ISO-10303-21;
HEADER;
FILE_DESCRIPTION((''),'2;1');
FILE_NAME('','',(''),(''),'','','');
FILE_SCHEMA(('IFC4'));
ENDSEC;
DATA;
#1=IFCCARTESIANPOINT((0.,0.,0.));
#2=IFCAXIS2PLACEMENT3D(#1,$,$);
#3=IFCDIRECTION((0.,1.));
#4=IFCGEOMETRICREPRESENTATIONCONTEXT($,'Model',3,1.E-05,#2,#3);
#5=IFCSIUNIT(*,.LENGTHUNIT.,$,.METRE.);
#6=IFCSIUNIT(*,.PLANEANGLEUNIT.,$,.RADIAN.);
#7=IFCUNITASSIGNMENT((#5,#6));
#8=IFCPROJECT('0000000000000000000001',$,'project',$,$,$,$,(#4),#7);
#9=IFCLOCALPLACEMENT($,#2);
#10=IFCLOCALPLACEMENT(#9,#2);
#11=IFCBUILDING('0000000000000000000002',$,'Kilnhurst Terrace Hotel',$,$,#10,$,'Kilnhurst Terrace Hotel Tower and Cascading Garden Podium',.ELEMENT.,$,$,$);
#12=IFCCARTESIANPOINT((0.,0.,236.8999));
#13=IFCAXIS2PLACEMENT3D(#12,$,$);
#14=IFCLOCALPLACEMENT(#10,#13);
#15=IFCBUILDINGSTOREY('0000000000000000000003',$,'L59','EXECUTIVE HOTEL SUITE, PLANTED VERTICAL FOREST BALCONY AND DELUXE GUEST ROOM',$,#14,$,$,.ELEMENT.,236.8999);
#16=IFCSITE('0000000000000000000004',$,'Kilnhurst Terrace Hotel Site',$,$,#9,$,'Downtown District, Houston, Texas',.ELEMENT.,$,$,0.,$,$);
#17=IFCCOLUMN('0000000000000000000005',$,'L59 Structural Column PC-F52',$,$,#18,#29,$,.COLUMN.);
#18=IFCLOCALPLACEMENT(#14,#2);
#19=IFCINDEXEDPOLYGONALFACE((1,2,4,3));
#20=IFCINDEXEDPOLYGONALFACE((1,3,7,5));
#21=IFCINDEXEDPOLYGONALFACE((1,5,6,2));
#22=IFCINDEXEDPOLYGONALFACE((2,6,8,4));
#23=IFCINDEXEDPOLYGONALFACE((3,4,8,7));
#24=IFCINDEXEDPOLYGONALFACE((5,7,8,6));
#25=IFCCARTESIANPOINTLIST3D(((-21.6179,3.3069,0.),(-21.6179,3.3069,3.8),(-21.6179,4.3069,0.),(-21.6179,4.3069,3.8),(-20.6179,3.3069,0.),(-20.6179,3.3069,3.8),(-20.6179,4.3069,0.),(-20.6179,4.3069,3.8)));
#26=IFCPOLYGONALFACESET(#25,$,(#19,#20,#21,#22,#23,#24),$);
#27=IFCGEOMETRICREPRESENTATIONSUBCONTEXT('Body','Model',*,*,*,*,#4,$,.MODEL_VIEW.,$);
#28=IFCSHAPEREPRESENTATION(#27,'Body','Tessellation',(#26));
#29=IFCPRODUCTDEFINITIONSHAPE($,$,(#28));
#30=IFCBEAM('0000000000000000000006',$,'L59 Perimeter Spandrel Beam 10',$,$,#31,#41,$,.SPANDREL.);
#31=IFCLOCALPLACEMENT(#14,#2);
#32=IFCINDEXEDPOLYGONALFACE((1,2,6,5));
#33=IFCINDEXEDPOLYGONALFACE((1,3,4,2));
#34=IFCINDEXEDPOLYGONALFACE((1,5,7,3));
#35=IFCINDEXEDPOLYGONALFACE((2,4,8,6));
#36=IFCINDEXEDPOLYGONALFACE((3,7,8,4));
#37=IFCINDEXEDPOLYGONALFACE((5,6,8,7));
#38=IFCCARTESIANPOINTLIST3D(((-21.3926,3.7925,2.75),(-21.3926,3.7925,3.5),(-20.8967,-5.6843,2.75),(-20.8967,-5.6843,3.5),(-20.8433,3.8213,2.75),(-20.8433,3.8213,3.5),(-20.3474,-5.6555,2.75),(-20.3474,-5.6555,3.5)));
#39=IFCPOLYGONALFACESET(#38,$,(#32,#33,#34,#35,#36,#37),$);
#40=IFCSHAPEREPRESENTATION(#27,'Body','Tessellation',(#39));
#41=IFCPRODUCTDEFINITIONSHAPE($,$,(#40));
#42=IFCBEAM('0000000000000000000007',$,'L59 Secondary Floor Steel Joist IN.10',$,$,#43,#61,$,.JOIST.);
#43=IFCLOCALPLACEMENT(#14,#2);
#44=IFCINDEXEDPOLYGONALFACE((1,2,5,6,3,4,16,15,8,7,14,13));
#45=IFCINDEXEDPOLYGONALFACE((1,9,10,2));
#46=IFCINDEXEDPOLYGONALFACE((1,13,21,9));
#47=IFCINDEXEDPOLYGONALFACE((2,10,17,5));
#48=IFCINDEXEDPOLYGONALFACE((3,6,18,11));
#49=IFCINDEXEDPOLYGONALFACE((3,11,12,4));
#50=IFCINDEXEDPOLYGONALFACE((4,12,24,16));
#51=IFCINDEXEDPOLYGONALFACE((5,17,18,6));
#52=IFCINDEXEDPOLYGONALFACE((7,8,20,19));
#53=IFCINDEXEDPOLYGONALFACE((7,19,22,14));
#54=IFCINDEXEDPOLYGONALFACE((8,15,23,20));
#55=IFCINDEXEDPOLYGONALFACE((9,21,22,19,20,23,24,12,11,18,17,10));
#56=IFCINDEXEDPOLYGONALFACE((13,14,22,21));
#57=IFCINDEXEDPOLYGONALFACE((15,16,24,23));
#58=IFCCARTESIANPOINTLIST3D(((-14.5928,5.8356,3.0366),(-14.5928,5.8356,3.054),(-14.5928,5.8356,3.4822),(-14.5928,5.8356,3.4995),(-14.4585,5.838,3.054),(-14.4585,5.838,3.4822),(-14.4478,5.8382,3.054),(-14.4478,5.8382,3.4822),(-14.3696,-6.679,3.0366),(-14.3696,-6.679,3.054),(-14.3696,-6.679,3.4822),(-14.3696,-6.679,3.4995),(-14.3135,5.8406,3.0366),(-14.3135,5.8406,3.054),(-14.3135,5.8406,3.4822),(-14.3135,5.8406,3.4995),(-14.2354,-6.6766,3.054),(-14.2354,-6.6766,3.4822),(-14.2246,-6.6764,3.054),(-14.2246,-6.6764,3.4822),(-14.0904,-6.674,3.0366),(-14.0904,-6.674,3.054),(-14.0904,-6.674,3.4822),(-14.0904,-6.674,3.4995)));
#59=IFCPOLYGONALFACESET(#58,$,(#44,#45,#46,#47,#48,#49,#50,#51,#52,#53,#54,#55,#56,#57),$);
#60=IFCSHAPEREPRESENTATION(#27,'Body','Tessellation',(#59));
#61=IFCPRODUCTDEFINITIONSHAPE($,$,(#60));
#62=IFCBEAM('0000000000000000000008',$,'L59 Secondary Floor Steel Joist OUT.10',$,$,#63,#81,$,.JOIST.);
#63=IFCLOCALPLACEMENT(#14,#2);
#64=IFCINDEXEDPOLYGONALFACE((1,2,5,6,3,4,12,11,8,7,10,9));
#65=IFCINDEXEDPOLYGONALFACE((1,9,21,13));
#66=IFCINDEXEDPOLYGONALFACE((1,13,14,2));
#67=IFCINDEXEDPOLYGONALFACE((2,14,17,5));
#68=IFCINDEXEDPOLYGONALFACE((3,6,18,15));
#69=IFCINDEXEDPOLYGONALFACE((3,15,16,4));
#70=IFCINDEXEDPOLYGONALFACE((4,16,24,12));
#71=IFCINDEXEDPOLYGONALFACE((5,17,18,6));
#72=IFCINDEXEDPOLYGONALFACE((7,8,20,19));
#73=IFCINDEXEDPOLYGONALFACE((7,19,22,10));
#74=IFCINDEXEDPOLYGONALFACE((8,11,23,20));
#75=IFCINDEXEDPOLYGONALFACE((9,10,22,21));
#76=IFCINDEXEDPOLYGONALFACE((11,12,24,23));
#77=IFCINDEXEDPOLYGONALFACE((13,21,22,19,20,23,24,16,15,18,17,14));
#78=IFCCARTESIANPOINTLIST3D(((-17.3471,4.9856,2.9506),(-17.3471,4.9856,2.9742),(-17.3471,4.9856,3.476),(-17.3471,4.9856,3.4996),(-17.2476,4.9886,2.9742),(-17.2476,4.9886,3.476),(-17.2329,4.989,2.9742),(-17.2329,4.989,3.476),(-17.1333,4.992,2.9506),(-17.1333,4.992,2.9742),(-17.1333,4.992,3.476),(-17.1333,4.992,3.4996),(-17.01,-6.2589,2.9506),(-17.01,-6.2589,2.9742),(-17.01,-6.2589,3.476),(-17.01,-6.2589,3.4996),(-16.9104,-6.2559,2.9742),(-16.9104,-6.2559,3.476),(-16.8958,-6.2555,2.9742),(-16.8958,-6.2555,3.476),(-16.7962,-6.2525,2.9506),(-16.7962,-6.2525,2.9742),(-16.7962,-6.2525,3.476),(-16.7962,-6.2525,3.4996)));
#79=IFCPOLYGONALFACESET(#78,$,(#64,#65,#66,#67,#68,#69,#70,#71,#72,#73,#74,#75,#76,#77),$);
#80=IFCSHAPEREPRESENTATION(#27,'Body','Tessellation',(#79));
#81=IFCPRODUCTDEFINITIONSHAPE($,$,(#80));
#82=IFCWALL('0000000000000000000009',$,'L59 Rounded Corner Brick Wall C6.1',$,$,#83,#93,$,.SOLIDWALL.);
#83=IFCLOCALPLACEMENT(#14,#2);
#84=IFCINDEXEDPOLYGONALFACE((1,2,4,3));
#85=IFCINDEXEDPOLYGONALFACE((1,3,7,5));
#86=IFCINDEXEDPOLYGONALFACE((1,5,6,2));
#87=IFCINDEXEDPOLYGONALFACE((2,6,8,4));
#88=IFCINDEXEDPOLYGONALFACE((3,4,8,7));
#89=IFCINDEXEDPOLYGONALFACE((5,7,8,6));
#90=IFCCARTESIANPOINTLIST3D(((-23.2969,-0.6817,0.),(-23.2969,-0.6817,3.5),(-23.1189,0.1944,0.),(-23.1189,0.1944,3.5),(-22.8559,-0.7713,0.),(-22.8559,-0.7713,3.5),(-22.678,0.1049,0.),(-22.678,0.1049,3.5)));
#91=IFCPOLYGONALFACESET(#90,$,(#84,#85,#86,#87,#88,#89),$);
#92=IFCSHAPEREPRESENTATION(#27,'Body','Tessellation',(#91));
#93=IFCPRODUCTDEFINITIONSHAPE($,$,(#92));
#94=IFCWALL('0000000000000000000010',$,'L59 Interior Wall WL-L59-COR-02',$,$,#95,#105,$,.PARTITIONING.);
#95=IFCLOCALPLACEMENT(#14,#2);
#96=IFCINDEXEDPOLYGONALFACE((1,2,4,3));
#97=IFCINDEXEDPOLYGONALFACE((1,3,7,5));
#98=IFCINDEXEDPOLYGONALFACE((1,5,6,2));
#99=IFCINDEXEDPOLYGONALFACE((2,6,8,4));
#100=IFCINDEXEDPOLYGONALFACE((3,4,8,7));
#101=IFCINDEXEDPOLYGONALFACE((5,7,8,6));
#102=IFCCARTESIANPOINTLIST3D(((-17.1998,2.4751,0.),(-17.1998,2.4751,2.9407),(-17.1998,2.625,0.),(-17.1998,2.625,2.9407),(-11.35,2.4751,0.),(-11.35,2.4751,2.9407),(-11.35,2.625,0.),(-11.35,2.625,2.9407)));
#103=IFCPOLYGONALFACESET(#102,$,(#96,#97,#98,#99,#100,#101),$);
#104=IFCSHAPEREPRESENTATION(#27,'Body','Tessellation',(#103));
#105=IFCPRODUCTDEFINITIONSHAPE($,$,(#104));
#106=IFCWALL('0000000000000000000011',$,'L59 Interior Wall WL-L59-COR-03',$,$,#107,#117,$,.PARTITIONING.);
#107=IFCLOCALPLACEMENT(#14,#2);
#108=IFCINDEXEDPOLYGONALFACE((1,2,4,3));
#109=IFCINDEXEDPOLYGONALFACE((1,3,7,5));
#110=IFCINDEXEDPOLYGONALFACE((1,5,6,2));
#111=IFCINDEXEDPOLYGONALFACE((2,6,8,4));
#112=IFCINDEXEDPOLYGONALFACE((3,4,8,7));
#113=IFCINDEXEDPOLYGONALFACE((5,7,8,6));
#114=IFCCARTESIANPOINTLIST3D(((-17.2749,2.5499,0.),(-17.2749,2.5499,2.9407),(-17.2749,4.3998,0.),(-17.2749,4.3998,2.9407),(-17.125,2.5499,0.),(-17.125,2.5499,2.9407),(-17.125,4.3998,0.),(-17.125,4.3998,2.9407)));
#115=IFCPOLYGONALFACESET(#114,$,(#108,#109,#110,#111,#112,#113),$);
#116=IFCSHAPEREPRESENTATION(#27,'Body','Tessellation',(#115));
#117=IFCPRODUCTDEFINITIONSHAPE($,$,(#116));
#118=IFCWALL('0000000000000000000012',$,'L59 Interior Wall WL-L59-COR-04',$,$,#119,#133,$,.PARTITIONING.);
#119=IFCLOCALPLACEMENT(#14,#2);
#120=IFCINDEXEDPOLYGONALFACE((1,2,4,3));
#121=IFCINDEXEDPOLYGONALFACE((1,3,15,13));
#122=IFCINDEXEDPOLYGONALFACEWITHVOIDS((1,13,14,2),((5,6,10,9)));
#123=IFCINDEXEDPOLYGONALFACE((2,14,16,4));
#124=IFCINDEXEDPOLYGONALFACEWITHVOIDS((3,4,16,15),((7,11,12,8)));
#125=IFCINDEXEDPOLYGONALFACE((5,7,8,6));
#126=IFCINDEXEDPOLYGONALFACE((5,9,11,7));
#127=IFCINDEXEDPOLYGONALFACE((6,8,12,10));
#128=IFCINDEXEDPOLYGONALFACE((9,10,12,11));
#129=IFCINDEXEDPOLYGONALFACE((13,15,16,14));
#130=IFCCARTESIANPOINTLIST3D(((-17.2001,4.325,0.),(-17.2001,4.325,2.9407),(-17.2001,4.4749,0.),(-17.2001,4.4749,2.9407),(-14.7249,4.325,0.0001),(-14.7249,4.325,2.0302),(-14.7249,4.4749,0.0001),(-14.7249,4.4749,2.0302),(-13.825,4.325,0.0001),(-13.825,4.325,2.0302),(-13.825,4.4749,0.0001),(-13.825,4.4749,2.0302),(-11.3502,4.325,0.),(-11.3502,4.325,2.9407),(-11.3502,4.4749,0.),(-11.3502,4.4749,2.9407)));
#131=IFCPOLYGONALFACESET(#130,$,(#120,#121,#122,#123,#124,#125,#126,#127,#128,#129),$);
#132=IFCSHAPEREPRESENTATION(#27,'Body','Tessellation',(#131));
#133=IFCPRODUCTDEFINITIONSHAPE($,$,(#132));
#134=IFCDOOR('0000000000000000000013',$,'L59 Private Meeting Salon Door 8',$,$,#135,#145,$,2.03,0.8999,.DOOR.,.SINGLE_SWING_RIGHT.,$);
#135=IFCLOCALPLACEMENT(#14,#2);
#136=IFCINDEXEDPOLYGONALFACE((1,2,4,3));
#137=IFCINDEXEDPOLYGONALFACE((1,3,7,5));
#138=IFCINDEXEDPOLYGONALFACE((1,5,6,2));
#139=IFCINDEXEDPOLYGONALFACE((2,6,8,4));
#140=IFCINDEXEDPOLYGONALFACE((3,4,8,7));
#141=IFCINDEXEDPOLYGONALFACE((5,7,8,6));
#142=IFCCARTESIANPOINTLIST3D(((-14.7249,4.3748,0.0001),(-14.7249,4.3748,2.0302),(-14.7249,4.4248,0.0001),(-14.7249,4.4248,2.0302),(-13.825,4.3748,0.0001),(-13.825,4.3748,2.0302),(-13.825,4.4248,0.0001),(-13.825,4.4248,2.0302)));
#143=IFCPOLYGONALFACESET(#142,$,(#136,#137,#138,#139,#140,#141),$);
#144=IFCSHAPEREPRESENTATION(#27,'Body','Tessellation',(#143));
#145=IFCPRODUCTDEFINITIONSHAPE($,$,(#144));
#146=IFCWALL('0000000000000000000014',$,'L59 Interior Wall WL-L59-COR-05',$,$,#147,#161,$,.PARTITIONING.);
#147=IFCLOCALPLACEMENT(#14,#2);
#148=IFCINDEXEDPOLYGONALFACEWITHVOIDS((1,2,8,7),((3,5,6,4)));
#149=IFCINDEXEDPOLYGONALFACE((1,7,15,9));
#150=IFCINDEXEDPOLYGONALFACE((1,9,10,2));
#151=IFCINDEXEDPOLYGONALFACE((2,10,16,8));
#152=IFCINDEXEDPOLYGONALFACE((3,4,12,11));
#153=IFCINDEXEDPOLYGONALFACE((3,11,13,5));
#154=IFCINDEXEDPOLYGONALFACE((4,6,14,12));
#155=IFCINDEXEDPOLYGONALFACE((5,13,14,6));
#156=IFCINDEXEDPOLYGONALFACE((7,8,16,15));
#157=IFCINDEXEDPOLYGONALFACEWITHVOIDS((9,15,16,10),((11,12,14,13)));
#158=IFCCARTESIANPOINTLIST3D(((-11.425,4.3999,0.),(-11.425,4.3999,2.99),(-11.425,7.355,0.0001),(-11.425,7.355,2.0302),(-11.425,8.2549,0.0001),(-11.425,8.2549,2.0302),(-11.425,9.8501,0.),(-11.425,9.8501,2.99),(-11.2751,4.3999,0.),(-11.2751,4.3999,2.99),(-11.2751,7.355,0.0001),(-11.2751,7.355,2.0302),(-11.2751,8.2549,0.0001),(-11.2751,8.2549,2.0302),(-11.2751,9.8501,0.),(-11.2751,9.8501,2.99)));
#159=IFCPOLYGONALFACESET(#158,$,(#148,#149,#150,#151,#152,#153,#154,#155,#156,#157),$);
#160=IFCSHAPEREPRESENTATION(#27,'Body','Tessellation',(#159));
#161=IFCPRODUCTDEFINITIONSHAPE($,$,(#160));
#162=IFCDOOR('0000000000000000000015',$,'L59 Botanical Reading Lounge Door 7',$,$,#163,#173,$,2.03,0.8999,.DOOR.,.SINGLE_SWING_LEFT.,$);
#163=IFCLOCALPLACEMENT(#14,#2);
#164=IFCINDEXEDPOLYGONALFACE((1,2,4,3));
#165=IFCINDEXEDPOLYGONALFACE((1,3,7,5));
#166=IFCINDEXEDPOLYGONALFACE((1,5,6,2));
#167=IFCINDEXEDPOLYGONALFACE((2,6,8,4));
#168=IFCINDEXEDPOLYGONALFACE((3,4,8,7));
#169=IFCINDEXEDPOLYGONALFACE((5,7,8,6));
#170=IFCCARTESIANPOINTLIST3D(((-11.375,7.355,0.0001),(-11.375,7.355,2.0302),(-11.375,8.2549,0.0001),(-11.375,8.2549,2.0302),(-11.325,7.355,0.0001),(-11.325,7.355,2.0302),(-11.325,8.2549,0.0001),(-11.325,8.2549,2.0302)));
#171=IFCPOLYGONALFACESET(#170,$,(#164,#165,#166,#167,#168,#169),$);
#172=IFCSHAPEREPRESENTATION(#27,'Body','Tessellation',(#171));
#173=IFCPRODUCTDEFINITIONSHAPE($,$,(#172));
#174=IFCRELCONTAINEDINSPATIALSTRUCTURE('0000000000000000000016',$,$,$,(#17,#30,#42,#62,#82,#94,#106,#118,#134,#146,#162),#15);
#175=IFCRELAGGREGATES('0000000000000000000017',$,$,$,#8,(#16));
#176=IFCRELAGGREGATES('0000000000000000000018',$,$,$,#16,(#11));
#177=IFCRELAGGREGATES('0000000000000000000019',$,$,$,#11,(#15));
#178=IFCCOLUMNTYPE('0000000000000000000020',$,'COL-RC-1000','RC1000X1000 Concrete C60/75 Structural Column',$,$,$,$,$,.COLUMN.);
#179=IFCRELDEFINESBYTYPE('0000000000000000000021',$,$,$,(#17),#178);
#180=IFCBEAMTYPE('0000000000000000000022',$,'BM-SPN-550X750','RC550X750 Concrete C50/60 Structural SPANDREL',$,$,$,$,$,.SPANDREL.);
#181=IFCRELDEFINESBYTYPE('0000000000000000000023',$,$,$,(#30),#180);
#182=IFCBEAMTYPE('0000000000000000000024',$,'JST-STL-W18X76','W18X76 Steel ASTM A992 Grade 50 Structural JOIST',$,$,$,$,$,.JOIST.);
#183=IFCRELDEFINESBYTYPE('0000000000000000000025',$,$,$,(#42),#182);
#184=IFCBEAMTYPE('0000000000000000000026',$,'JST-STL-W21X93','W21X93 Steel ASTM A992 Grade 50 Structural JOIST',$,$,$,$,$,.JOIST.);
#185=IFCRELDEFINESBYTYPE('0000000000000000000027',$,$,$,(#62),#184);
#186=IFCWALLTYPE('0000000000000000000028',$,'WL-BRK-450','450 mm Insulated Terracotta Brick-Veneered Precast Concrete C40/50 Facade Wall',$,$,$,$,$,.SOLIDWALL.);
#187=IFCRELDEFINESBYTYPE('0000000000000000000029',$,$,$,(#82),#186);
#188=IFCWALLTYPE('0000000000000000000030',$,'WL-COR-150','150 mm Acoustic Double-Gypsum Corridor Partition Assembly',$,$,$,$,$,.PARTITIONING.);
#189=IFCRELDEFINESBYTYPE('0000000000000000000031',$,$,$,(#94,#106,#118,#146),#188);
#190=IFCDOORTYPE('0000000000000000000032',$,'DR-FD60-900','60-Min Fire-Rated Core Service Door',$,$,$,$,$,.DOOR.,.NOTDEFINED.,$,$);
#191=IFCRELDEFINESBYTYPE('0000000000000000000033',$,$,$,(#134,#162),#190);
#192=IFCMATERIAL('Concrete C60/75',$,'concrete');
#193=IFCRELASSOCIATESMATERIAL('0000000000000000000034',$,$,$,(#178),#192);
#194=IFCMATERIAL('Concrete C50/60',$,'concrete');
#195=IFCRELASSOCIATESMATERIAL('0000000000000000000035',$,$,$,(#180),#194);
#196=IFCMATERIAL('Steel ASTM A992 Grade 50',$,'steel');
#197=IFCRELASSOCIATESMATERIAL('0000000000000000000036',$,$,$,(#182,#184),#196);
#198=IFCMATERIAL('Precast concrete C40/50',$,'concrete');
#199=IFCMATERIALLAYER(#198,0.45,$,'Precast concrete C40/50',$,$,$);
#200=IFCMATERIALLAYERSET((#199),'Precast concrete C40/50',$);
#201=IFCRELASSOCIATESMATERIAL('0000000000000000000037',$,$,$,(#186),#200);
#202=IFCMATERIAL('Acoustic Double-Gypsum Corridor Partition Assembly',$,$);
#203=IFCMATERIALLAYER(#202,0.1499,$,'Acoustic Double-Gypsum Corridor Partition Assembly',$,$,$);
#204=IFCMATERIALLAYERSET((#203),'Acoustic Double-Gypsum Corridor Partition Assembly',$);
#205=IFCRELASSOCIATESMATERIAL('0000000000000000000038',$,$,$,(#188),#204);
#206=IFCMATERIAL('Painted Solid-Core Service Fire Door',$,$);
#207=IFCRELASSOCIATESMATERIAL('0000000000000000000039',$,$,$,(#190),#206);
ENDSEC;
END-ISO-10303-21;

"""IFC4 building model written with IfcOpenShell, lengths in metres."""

from ifc_helpers import new_model, si_unit, direction, frame, frame_2d, origin, origin_2d, place, context, subcontext, project, spatial, rectangle, i_section, extrude, material, layer, layer_set, material_profile, profile_set, type_object, element, fill, save


model = new_model("IFC4")

# Units and contexts
model_context = context("Model", 3, precision=1e-05, world=origin(), true_north=direction((0.0, 1.0)))
body_context = subcontext(model_context, "Body", "Model", "MODEL_VIEW")
ifc_project = project(units=[si_unit("LENGTHUNIT", "METRE"), si_unit("PLANEANGLEUNIT", "RADIAN")], contexts=[model_context])

# Site, building, storey
site_placement = place(None, origin())
site = spatial("IfcSite", under=ifc_project, at=site_placement, Name="Kilnhurst Terrace Hotel Site", LongName="Downtown District, Houston, Texas", CompositionType="ELEMENT", RefElevation=0.0)
building_placement = place(site_placement, origin())
building = spatial("IfcBuilding", under=site, at=building_placement, Name="Kilnhurst Terrace Hotel", LongName="Kilnhurst Terrace Hotel Tower and Cascading Garden Podium", CompositionType="ELEMENT")
storey_placement = place(building_placement, frame((0.0, 0.0, 236.8999)))
storey = spatial("IfcBuildingStorey", under=building, at=storey_placement, Name="L59", Description="EXECUTIVE HOTEL SUITE, PLANTED VERTICAL FOREST BALCONY AND DELUXE GUEST ROOM", CompositionType="ELEMENT", Elevation=236.8999)

# Column
ifc_material_1 = material(Name="Concrete C60/75", Category="concrete")
ifc_material_profile_1 = material_profile(ifc_material_1, rectangle(XDim=1.0, YDim=1.0, at=origin_2d()), Name="RC1000X1000")
ifc_profile_set_1 = profile_set([ifc_material_profile_1], Name="Concrete C60/75")
column_type = type_object("IfcColumnType", Name="COL-RC-1000", Description="RC1000X1000 Concrete C60/75 Structural Column", PredefinedType="COLUMN", material=ifc_profile_set_1)
column_placement = place(storey_placement, frame((-21.1179, 3.8069, 0.0), z_axis=(0.0, 0.0, 1.0), x_axis=(1.0, 0.0, 0.0)))
element("IfcColumn", 1, at=column_placement, inside=storey, type_object=column_type, Name="L59 Structural Column PC-F52", PredefinedType="COLUMN", context=body_context, shape_type="SweptSolid", body=[
    extrude(rectangle(XDim=1.0, YDim=1.0, at=origin_2d()), origin(), (0.0, 0.0, 1.0), 3.8),
])

# Beams
ifc_material_2 = material(Name="Concrete C50/60", Category="concrete")
ifc_material_profile_2 = material_profile(ifc_material_2, rectangle(XDim=0.55, YDim=0.75, at=origin_2d()), Name="RC550X750")
ifc_profile_set_2 = profile_set([ifc_material_profile_2], Name="Concrete C50/60")
beam_type_1 = type_object("IfcBeamType", Name="BM-SPN-550X750", Description="RC550X750 Concrete C50/60 Structural SPANDREL", PredefinedType="SPANDREL", material=ifc_profile_set_2)
beam_1_placement = place(storey_placement, frame((-21.1179, 3.8069, 3.125), z_axis=(0.052251, -0.998634, 0.0), x_axis=(0.998634, 0.052251, 0.0)))
element("IfcBeam", 2, at=beam_1_placement, inside=storey, type_object=beam_type_1, Name="L59 Perimeter Spandrel Beam 10", PredefinedType="SPANDREL", context=body_context, shape_type="SweptSolid", body=[
    extrude(rectangle(XDim=0.55, YDim=0.75, at=origin_2d()), origin(), (0.0, 0.0, 1.0), 9.4897),
])
ifc_material_3 = material(Name="Steel ASTM A992 Grade 50", Category="steel")
ifc_material_profile_3 = material_profile(ifc_material_3, i_section(OverallWidth=0.2793, OverallDepth=0.4629, WebThickness=0.0107, FlangeThickness=0.0173, at=origin_2d()), Name="W18X76")
ifc_profile_set_3 = profile_set([ifc_material_profile_3], Name="Steel ASTM A992 Grade 50")
beam_type_2 = type_object("IfcBeamType", Name="JST-STL-W18X76", Description="W18X76 Steel ASTM A992 Grade 50 Structural JOIST", PredefinedType="JOIST", material=ifc_profile_set_3)
beam_2_placement = place(storey_placement, frame((-14.4531, 5.8381, 3.2681), z_axis=(0.017828, -0.999841, 0.0), x_axis=(0.999841, 0.017828, 0.0)))
element("IfcBeam", 3, at=beam_2_placement, inside=storey, type_object=beam_type_2, Name="L59 Secondary Floor Steel Joist IN.10", PredefinedType="JOIST", context=body_context, shape_type="SweptSolid", body=[
    extrude(i_section(OverallWidth=0.2793, OverallDepth=0.4629, WebThickness=0.0107, FlangeThickness=0.0173, at=origin_2d()), origin(), (0.0, 0.0, 1.0), 12.5166),
])
ifc_material_profile_4 = material_profile(ifc_material_3, i_section(OverallWidth=0.2139, OverallDepth=0.5491, WebThickness=0.0146, FlangeThickness=0.0237, at=origin_2d()), Name="W21X93")
ifc_profile_set_4 = profile_set([ifc_material_profile_4], Name="Steel ASTM A992 Grade 50")
beam_type_3 = type_object("IfcBeamType", Name="JST-STL-W21X93", Description="W21X93 Steel ASTM A992 Grade 50 Structural JOIST", PredefinedType="JOIST", material=ifc_profile_set_4)
beam_3_placement = place(storey_placement, frame((-17.2402, 4.9888, 3.2251), z_axis=(0.029971, -0.999551, 0.0), x_axis=(0.999551, 0.029971, 0.0)))
element("IfcBeam", 4, at=beam_3_placement, inside=storey, type_object=beam_type_3, Name="L59 Secondary Floor Steel Joist OUT.10", PredefinedType="JOIST", context=body_context, shape_type="SweptSolid", body=[
    extrude(i_section(OverallWidth=0.2139, OverallDepth=0.5491, WebThickness=0.0146, FlangeThickness=0.0237, at=origin_2d()), origin(), (0.0, 0.0, 1.0), 11.2495),
])

# Walls
ifc_material_4 = material(Name="Precast concrete C40/50", Category="concrete")
ifc_layer_1 = layer(ifc_material_4, 0.45, Name="Precast concrete C40/50")
ifc_layer_set_1 = layer_set([ifc_layer_1], Name="Precast concrete C40/50")
wall_type_1 = type_object("IfcWallType", Name="WL-BRK-450", Description="450 mm Insulated Terracotta Brick-Veneered Precast Concrete C40/50 Facade Wall", PredefinedType="SOLIDWALL", material=ifc_layer_set_1)
wall_1_placement = place(storey_placement, frame((-22.8984, 0.1497, 0.0), z_axis=(0.0, 0.0, 1.0), x_axis=(-0.199056, -0.979988, 0.0)))
element("IfcWall", 5, at=wall_1_placement, inside=storey, type_object=wall_type_1, Name="L59 Rounded Corner Brick Wall C6.1", PredefinedType="SOLIDWALL", context=body_context, shape_type="SweptSolid", body=[
    extrude(rectangle(XDim=0.894, YDim=0.45, at=frame_2d((0.447, 0.0))), origin(), (0.0, 0.0, 1.0), 3.5),
])
ifc_material_5 = material(Name="Acoustic Double-Gypsum Corridor Partition Assembly")
ifc_layer_2 = layer(ifc_material_5, 0.1499, Name="Acoustic Double-Gypsum Corridor Partition Assembly")
ifc_layer_set_2 = layer_set([ifc_layer_2], Name="Acoustic Double-Gypsum Corridor Partition Assembly")
wall_type_2 = type_object("IfcWallType", Name="WL-COR-150", Description="150 mm Acoustic Double-Gypsum Corridor Partition Assembly", PredefinedType="PARTITIONING", material=ifc_layer_set_2)
wall_2_placement = place(storey_placement, frame((-11.3501, 2.55, 0.0), z_axis=(0.0, 0.0, 1.0), x_axis=(-1.0, 0.0, 0.0)))
element("IfcWall", 6, at=wall_2_placement, inside=storey, type_object=wall_type_2, Name="L59 Interior Wall WL-L59-COR-02", PredefinedType="PARTITIONING", context=body_context, shape_type="SweptSolid", body=[
    extrude(rectangle(XDim=5.8499, YDim=0.1499, at=frame_2d((2.9248, 0.0))), origin(), (0.0, 0.0, 1.0), 2.9407),
])
wall_3_placement = place(storey_placement, frame((-17.2, 2.55, 0.0), z_axis=(0.0, 0.0, 1.0), x_axis=(0.0, 1.0, 0.0)))
element("IfcWall", 7, at=wall_3_placement, inside=storey, type_object=wall_type_2, Name="L59 Interior Wall WL-L59-COR-03", PredefinedType="PARTITIONING", context=body_context, shape_type="SweptSolid", body=[
    extrude(rectangle(XDim=1.8499, YDim=0.1499, at=frame_2d((0.9248, 0.0))), origin(), (0.0, 0.0, 1.0), 2.9407),
])

# Walls, openings, doors
wall_4_placement = place(storey_placement, frame((-17.2, 4.3999, 0.0), z_axis=(0.0, 0.0, 1.0), x_axis=(1.0, 0.0, 0.0)))
wall_4 = element("IfcWall", 8, at=wall_4_placement, inside=storey, type_object=wall_type_2, Name="L59 Interior Wall WL-L59-COR-04", PredefinedType="PARTITIONING", context=body_context, shape_type="SweptSolid", body=[
    extrude(rectangle(XDim=5.8499, YDim=0.1499, at=frame_2d((2.9248, 0.0))), origin(), (0.0, 0.0, 1.0), 2.9407),
])
opening_1_placement = place(wall_4_placement, frame((2.4751, 0.0, 0.0)))
opening_1 = element("IfcOpeningElement", 9, at=opening_1_placement, cuts=wall_4, PredefinedType="OPENING", context=body_context, shape_type="SweptSolid", body=[
    extrude(rectangle(XDim=0.8999, YDim=2.03, at=frame_2d((0.45, 1.0151))), frame((0.0, 0.085, 0.0), z_axis=(0.0, -1.0, 0.0), x_axis=(1.0, 0.0, 0.0)), (0.0, 0.0, 1.0), 0.1699),
])
ifc_material_6 = material(Name="Painted Solid-Core Service Fire Door")
door_type = type_object("IfcDoorType", Name="DR-FD60-900", Description="60-Min Fire-Rated Core Service Door", OperationType="NOTDEFINED", PredefinedType="DOOR", material=ifc_material_6)
door_1_placement = place(opening_1_placement, origin())
door_1 = element("IfcDoor", 10, at=door_1_placement, inside=storey, type_object=door_type, Name="L59 Private Meeting Salon Door 8", OperationType="SINGLE_SWING_RIGHT", OverallHeight=2.03, OverallWidth=0.8999, PredefinedType="DOOR", context=body_context, shape_type="SweptSolid", body=[
    extrude(rectangle(XDim=0.8999, YDim=2.03, at=frame_2d((0.45, 1.0151))), frame((0.0, 0.0249, 0.0), z_axis=(0.0, -1.0, 0.0), x_axis=(1.0, 0.0, 0.0)), (0.0, 0.0, 1.0), 0.05),
])
fill(opening_1, door_1)
wall_5_placement = place(storey_placement, frame((-11.3501, 4.3999, 0.0), z_axis=(0.0, 0.0, 1.0), x_axis=(0.0, 1.0, 0.0)))
wall_5 = element("IfcWall", 11, at=wall_5_placement, inside=storey, type_object=wall_type_2, Name="L59 Interior Wall WL-L59-COR-05", PredefinedType="PARTITIONING", context=body_context, shape_type="SweptSolid", body=[
    extrude(rectangle(XDim=5.4502, YDim=0.1499, at=frame_2d((2.7251, 0.0))), origin(), (0.0, 0.0, 1.0), 2.99),
])
opening_2_placement = place(wall_5_placement, frame((2.9551, 0.0, 0.0)))
opening_2 = element("IfcOpeningElement", 12, at=opening_2_placement, cuts=wall_5, PredefinedType="OPENING", context=body_context, shape_type="SweptSolid", body=[
    extrude(rectangle(XDim=0.8999, YDim=2.03, at=frame_2d((0.45, 1.0151))), frame((0.0, 0.085, 0.0), z_axis=(0.0, -1.0, 0.0), x_axis=(1.0, 0.0, 0.0)), (0.0, 0.0, 1.0), 0.1699),
])
door_2_placement = place(opening_2_placement, origin())
door_2 = element("IfcDoor", 13, at=door_2_placement, inside=storey, type_object=door_type, Name="L59 Botanical Reading Lounge Door 7", OperationType="SINGLE_SWING_LEFT", OverallHeight=2.03, OverallWidth=0.8999, PredefinedType="DOOR", context=body_context, shape_type="SweptSolid", body=[
    extrude(rectangle(XDim=0.8999, YDim=2.03, at=frame_2d((0.45, 1.0151))), frame((0.0, 0.0249, 0.0), z_axis=(0.0, -1.0, 0.0), x_axis=(1.0, 0.0, 0.0)), (0.0, 0.0, 1.0), 0.05),
])
fill(opening_2, door_2)

save(model, "model.ifc")
